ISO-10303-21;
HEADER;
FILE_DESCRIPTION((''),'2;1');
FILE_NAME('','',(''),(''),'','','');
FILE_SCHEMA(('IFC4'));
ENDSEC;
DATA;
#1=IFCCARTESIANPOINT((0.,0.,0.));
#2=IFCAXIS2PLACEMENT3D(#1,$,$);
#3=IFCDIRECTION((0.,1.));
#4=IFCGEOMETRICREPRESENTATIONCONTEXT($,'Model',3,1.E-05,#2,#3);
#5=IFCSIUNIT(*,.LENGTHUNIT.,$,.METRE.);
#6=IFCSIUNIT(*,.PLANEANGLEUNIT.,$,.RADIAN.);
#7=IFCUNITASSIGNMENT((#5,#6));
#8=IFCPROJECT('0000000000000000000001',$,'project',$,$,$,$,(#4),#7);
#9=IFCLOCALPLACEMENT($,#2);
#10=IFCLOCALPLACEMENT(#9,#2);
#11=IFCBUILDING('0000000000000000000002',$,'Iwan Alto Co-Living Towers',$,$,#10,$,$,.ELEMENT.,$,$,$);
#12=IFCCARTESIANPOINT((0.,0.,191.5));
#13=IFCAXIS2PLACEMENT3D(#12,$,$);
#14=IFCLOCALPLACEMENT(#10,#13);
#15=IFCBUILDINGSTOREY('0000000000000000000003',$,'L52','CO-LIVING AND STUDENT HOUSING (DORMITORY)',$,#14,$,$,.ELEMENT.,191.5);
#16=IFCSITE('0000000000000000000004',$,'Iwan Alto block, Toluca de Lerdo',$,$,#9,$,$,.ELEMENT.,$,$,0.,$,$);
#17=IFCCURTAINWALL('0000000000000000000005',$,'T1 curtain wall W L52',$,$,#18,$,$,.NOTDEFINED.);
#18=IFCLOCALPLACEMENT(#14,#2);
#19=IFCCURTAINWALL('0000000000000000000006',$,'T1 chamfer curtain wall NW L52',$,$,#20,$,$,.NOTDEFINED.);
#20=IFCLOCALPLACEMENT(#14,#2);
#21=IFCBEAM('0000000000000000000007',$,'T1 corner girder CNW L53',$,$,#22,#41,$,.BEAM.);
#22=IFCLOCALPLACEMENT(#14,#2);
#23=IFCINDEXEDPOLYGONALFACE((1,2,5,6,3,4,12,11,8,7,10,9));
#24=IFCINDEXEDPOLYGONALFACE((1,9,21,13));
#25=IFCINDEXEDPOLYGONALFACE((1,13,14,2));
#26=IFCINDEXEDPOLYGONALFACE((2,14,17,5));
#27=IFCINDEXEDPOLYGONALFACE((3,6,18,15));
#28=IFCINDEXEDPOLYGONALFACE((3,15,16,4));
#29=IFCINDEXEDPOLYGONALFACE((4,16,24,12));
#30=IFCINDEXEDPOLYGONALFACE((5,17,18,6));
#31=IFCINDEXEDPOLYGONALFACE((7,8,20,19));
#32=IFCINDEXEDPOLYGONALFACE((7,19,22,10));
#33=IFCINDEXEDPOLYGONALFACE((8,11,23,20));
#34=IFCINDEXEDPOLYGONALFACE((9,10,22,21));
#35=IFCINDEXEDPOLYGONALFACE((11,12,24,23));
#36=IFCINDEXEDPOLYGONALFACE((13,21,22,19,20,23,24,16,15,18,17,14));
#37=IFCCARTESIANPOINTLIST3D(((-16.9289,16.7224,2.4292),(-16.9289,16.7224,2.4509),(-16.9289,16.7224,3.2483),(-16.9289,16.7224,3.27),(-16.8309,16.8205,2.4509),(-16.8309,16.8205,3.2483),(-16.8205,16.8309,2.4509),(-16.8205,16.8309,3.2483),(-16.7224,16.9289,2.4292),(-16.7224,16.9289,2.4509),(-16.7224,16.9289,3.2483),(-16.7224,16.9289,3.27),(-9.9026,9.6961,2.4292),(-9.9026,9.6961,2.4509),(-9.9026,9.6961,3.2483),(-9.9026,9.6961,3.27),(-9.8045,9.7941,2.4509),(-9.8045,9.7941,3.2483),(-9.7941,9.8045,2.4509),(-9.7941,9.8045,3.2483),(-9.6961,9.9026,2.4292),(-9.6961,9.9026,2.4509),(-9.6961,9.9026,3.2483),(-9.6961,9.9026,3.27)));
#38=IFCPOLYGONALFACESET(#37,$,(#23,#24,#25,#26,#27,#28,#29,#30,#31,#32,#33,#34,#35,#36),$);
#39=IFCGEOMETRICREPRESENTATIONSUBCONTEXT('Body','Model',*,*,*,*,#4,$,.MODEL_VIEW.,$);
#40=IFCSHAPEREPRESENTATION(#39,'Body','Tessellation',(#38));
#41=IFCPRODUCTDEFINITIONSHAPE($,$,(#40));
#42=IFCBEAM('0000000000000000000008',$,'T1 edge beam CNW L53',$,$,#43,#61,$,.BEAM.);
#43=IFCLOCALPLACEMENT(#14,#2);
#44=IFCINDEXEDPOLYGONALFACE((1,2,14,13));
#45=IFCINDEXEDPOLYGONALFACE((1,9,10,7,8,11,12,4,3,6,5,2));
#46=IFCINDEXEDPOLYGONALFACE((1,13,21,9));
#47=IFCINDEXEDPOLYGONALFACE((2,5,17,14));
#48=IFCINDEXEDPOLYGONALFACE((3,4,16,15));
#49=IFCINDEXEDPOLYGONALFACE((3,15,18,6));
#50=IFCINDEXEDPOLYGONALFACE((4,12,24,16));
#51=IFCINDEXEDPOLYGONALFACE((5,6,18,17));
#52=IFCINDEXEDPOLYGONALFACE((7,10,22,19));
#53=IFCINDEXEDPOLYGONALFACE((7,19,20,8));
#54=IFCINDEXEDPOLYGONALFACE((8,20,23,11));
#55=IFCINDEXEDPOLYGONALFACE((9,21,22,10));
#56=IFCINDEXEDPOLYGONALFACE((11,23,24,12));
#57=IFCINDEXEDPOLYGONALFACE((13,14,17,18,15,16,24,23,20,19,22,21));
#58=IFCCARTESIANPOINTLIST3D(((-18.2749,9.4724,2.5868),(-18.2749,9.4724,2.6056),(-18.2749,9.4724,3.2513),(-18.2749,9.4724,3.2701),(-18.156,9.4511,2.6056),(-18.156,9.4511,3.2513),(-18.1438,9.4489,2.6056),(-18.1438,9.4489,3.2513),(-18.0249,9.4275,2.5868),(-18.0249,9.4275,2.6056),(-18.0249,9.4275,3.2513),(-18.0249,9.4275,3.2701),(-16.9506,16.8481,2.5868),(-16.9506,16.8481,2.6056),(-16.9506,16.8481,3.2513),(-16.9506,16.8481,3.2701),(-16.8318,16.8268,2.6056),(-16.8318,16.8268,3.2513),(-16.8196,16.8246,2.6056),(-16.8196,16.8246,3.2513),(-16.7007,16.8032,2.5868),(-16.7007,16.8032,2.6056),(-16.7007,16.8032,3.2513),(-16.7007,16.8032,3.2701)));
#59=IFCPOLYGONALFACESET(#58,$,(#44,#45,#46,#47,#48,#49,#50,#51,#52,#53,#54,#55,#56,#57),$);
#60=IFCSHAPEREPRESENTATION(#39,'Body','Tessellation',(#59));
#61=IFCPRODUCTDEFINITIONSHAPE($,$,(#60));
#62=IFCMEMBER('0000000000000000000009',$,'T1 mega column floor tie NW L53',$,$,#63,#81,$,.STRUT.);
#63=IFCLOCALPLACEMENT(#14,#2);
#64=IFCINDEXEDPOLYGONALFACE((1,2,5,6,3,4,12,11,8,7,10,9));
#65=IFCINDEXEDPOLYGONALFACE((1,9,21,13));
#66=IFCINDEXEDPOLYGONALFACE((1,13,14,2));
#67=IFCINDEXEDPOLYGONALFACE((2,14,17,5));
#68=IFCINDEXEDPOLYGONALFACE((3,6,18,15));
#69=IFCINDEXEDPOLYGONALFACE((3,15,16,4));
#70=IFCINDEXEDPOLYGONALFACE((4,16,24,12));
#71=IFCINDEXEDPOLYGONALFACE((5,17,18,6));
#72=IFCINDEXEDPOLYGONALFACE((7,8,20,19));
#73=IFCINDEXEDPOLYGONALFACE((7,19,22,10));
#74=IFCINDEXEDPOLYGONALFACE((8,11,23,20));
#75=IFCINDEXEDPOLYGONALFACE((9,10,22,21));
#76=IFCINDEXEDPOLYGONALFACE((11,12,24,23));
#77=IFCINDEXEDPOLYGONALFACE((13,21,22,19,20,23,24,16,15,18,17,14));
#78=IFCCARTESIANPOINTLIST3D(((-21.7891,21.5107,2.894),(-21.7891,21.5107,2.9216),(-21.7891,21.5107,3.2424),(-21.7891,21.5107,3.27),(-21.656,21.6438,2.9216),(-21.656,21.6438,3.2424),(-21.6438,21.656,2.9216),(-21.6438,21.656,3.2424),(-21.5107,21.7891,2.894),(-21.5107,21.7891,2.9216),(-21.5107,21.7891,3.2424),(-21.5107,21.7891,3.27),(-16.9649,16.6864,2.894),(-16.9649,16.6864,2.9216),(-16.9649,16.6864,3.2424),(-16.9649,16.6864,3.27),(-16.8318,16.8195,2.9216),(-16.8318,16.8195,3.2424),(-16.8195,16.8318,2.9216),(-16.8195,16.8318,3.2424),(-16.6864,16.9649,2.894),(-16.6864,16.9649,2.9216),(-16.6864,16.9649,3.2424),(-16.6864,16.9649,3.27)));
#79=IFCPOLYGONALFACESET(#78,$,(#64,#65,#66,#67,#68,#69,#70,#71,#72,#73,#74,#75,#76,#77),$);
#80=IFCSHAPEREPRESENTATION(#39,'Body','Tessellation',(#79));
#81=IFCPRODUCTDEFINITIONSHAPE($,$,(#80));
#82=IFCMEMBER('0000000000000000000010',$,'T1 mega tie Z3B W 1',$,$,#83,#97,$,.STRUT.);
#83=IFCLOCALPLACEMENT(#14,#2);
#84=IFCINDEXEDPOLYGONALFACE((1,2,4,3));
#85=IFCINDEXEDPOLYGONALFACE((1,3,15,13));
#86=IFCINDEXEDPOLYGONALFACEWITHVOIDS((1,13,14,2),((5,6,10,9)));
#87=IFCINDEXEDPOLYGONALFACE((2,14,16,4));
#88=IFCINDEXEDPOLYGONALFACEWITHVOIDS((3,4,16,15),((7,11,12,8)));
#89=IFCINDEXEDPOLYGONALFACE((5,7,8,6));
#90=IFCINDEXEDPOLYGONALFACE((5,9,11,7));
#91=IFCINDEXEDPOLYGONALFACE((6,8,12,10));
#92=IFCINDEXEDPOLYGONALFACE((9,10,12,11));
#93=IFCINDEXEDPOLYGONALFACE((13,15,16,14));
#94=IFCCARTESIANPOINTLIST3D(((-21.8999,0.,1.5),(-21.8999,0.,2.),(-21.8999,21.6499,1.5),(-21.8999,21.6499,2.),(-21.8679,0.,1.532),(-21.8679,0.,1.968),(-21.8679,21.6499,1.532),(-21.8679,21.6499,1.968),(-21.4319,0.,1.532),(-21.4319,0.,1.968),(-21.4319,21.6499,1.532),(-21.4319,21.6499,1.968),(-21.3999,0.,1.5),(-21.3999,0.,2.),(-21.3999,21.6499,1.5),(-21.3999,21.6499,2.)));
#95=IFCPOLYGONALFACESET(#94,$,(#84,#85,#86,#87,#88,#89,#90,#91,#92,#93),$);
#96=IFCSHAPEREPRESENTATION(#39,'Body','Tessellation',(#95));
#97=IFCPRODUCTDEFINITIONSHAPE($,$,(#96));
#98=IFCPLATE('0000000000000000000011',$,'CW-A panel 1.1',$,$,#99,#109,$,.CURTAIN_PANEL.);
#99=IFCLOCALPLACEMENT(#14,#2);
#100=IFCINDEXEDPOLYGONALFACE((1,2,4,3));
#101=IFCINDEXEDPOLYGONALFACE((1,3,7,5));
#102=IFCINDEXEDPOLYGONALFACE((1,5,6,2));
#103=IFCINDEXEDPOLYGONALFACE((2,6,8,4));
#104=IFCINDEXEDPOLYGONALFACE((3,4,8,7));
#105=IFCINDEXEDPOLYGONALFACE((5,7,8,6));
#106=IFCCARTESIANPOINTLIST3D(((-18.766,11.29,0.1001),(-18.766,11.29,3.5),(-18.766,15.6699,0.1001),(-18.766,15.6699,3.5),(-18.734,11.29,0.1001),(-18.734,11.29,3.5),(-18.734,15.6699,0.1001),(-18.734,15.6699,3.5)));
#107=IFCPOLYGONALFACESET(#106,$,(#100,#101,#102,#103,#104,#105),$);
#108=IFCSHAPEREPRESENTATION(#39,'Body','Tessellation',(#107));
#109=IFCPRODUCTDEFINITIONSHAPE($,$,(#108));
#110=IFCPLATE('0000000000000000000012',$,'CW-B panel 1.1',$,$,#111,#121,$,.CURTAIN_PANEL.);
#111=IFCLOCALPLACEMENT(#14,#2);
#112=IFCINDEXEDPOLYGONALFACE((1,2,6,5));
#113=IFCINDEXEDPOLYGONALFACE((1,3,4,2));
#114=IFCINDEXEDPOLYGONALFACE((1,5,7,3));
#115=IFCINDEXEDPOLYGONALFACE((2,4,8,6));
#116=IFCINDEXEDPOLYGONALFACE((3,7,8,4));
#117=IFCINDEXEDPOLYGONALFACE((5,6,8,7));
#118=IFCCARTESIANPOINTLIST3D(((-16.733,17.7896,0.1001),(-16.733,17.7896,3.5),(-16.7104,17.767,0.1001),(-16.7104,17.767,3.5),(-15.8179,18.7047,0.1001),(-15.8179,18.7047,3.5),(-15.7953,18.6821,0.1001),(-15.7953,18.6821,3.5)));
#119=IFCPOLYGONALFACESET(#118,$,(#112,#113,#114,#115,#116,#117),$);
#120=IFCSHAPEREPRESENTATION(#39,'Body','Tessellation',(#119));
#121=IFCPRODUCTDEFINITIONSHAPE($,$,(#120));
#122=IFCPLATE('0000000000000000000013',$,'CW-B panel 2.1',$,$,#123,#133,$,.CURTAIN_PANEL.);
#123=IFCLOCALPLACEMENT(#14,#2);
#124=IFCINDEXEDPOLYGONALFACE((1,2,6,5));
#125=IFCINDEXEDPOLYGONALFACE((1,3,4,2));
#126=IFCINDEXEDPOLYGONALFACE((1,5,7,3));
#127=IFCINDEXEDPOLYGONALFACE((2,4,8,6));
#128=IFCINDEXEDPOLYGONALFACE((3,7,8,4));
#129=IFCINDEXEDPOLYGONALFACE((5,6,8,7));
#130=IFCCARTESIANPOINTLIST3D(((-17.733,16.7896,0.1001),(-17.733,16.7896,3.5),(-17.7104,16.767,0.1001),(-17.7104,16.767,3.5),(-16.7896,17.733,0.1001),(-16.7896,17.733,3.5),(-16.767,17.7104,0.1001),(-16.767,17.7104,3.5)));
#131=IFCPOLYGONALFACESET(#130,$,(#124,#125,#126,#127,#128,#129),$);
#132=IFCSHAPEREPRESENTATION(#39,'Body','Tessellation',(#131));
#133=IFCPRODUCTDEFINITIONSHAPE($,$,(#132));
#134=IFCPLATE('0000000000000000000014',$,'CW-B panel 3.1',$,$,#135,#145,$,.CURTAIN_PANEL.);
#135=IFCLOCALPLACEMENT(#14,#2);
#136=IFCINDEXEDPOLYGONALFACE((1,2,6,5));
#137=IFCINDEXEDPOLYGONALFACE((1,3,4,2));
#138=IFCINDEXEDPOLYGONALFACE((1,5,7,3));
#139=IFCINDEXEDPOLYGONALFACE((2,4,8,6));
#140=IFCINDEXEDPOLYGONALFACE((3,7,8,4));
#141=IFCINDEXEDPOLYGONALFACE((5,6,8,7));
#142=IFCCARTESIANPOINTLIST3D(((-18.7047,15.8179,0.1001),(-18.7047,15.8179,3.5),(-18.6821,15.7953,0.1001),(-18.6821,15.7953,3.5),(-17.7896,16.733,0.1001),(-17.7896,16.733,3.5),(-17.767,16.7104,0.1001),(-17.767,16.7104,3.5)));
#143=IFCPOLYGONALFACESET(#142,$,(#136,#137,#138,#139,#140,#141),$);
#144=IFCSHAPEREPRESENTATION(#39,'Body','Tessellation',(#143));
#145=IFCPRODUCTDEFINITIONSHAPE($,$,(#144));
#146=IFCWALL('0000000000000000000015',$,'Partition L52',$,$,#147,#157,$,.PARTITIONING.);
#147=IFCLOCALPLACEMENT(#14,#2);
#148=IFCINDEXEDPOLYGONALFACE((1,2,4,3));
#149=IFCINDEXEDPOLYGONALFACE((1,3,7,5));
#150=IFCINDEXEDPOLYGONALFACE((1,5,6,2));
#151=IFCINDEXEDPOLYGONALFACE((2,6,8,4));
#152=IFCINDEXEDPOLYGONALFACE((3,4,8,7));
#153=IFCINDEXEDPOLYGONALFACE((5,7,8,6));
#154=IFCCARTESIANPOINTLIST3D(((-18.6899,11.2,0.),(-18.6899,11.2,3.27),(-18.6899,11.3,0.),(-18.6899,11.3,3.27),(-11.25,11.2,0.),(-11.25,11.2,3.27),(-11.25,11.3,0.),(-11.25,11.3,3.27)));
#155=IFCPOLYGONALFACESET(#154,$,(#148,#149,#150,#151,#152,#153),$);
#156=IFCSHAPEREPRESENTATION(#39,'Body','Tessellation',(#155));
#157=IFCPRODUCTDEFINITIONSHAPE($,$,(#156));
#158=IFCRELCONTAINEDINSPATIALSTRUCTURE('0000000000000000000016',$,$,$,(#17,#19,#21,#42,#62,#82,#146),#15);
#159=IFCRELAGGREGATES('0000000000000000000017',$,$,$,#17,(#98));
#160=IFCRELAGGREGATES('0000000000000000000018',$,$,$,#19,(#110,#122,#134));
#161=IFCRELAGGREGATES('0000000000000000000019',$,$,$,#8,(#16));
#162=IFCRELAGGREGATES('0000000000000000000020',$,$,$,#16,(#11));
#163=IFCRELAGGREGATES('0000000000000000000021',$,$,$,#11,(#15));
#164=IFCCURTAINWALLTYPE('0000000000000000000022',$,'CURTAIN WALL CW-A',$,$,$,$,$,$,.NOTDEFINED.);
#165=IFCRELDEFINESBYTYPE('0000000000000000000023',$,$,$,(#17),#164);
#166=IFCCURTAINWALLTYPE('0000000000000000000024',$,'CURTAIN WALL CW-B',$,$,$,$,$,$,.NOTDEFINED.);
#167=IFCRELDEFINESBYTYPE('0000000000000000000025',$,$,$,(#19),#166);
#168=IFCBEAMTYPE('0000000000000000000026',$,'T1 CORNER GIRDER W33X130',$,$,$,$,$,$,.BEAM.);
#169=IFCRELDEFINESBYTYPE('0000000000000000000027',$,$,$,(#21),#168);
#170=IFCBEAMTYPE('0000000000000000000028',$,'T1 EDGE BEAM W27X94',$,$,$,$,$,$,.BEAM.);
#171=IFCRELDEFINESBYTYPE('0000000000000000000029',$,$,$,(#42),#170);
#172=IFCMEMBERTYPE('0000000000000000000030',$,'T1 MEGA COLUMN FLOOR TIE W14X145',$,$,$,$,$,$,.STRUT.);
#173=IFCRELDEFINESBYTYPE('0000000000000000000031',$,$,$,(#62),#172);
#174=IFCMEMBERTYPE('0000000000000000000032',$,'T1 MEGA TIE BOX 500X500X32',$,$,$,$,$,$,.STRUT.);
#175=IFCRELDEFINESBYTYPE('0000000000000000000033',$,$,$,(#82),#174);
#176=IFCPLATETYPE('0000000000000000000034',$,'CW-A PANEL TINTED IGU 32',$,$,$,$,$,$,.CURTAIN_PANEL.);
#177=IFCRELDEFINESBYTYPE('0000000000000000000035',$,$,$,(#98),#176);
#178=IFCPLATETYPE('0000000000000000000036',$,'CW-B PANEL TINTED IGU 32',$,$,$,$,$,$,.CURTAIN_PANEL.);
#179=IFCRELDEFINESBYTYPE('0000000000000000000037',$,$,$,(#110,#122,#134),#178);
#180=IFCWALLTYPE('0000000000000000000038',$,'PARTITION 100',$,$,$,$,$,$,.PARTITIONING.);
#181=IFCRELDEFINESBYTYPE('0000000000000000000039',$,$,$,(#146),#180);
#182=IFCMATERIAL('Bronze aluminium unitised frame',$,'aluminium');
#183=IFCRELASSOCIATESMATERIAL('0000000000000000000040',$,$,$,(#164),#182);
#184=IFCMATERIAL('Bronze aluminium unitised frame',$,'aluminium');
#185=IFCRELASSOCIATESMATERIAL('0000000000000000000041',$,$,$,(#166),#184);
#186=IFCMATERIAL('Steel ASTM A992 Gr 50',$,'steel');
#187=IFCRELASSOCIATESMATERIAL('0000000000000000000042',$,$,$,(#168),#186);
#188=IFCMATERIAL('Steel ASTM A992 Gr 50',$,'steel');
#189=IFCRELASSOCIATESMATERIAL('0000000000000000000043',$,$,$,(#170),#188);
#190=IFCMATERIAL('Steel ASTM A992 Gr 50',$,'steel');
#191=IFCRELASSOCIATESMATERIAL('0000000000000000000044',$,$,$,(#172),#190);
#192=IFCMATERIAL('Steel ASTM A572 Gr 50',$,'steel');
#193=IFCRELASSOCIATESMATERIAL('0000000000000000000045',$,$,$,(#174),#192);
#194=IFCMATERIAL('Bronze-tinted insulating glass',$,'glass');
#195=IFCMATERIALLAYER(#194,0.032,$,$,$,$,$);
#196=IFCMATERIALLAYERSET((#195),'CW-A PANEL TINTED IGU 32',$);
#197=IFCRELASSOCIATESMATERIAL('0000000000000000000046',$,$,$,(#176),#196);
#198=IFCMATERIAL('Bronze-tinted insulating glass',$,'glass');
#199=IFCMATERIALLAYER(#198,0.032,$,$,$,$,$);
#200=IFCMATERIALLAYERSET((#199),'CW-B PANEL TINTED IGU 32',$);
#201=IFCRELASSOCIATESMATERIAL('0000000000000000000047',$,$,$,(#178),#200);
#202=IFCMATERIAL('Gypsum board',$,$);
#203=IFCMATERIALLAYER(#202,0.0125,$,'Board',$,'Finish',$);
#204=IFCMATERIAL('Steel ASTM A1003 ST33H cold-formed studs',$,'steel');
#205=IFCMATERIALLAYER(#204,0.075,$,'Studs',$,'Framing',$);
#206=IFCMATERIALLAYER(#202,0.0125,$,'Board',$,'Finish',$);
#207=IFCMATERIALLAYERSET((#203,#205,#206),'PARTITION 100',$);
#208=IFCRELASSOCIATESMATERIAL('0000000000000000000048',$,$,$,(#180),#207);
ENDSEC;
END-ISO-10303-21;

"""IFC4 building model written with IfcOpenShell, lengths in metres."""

from ifc_helpers import new_model, si_unit, direction, frame, frame_2d, origin, origin_2d, place, context, subcontext, project, spatial, rectangle, hollow_rectangle, i_section, extrude, material, layer, layer_set, material_profile, profile_set, type_object, element, aggregate, save


model = new_model("IFC4")

# Units and contexts
model_context = context("Model", 3, precision=1e-05, world=origin(), true_north=direction((0.0, 1.0)))
body_context = subcontext(model_context, "Body", "Model", "MODEL_VIEW")
ifc_project = project(units=[si_unit("LENGTHUNIT", "METRE"), si_unit("PLANEANGLEUNIT", "RADIAN")], contexts=[model_context])

# Site, building, storey
site_placement = place(None, origin())
site = spatial("IfcSite", under=ifc_project, at=site_placement, Name="Iwan Alto block, Toluca de Lerdo", CompositionType="ELEMENT", RefElevation=0.0)
building_placement = place(site_placement, origin())
building = spatial("IfcBuilding", under=site, at=building_placement, Name="Iwan Alto Co-Living Towers", CompositionType="ELEMENT")
storey_placement = place(building_placement, frame((0.0, 0.0, 191.5)))
storey = spatial("IfcBuildingStorey", under=building, at=storey_placement, Name="L52", Description="CO-LIVING AND STUDENT HOUSING (DORMITORY)", CompositionType="ELEMENT", Elevation=191.5)

# Curtain walls
ifc_material_1 = material(Name="Bronze aluminium unitised frame", Category="aluminium")
curtain_wall_type_1 = type_object("IfcCurtainWallType", Name="CURTAIN WALL CW-A", PredefinedType="NOTDEFINED", material=ifc_material_1)
curtain_wall_1_placement = place(storey_placement, origin())
curtain_wall_1 = element("IfcCurtainWall", 1, at=curtain_wall_1_placement, inside=storey, type_object=curtain_wall_type_1, Name="T1 curtain wall W L52", PredefinedType="NOTDEFINED")
ifc_material_2 = material(Name="Bronze aluminium unitised frame", Category="aluminium")
curtain_wall_type_2 = type_object("IfcCurtainWallType", Name="CURTAIN WALL CW-B", PredefinedType="NOTDEFINED", material=ifc_material_2)
curtain_wall_2_placement = place(storey_placement, origin())
curtain_wall_2 = element("IfcCurtainWall", 2, at=curtain_wall_2_placement, inside=storey, type_object=curtain_wall_type_2, Name="T1 chamfer curtain wall NW L52", PredefinedType="NOTDEFINED")

# Beams
ifc_material_3 = material(Name="Steel ASTM A992 Gr 50", Category="steel")
ifc_material_profile_1 = material_profile(ifc_material_3, i_section(OverallWidth=0.292, OverallDepth=0.8408, WebThickness=0.0146, FlangeThickness=0.0217, at=origin_2d()), Name="W33X130")
ifc_profile_set_1 = profile_set([ifc_material_profile_1], Name="Steel ASTM A992 Gr 50")
beam_type_1 = type_object("IfcBeamType", Name="T1 CORNER GIRDER W33X130", PredefinedType="BEAM", material=ifc_profile_set_1)
beam_1_placement = place(storey_placement, frame((-16.8257, 16.8257, 2.8496), z_axis=(0.707107, -0.707107, 0.0), x_axis=(0.707107, 0.707107, 0.0)))
element("IfcBeam", 3, at=beam_1_placement, inside=storey, type_object=beam_type_1, Name="T1 corner girder CNW L53", PredefinedType="BEAM", context=body_context, shape_type="SweptSolid", body=[
    extrude(i_section(OverallWidth=0.292, OverallDepth=0.8408, WebThickness=0.0146, FlangeThickness=0.0217, at=origin_2d()), origin(), (0.0, 0.0, 1.0), 9.9368),
])
ifc_material_4 = material(Name="Steel ASTM A992 Gr 50", Category="steel")
ifc_material_profile_2 = material_profile(ifc_material_4, i_section(OverallWidth=0.2539, OverallDepth=0.6833, WebThickness=0.0125, FlangeThickness=0.0188, at=origin_2d()), Name="W27X94")
ifc_profile_set_2 = profile_set([ifc_material_profile_2], Name="Steel ASTM A992 Gr 50")
beam_type_2 = type_object("IfcBeamType", Name="T1 EDGE BEAM W27X94", PredefinedType="BEAM", material=ifc_profile_set_2)
beam_2_placement = place(storey_placement, frame((-16.8257, 16.8257, 2.9285), z_axis=(-0.176712, -0.984263, 0.0), x_axis=(0.984263, -0.176712, 0.0)))
element("IfcBeam", 4, at=beam_2_placement, inside=storey, type_object=beam_type_2, Name="T1 edge beam CNW L53", PredefinedType="BEAM", context=body_context, shape_type="SweptSolid", body=[
    extrude(i_section(OverallWidth=0.2539, OverallDepth=0.6833, WebThickness=0.0125, FlangeThickness=0.0188, at=origin_2d()), origin(), (0.0, 0.0, 1.0), 7.4937),
])

# Members
ifc_material_5 = material(Name="Steel ASTM A992 Gr 50", Category="steel")
ifc_material_profile_3 = material_profile(ifc_material_5, i_section(OverallWidth=0.3938, OverallDepth=0.376, WebThickness=0.0173, FlangeThickness=0.0276, at=origin_2d()), Name="W14X145")
ifc_profile_set_3 = profile_set([ifc_material_profile_3], Name="Steel ASTM A992 Gr 50")
member_type_1 = type_object("IfcMemberType", Name="T1 MEGA COLUMN FLOOR TIE W14X145", PredefinedType="STRUT", material=ifc_profile_set_3)
member_1_placement = place(storey_placement, frame((-21.6499, 21.6499, 3.082), z_axis=(0.707107, -0.707107, 0.0), x_axis=(0.707107, 0.707107, 0.0)))
element("IfcMember", 5, at=member_1_placement, inside=storey, type_object=member_type_1, Name="T1 mega column floor tie NW L53", PredefinedType="STRUT", context=body_context, shape_type="SweptSolid", body=[
    extrude(i_section(OverallWidth=0.3938, OverallDepth=0.376, WebThickness=0.0173, FlangeThickness=0.0276, at=origin_2d()), origin(), (0.0, 0.0, 1.0), 6.8225),
])
ifc_material_6 = material(Name="Steel ASTM A572 Gr 50", Category="steel")
ifc_material_profile_4 = material_profile(ifc_material_6, hollow_rectangle(XDim=0.5, YDim=0.5, WallThickness=0.032, at=origin_2d()), Name="BOX 500X500X32")
ifc_profile_set_4 = profile_set([ifc_material_profile_4], Name="Steel ASTM A572 Gr 50")
member_type_2 = type_object("IfcMemberType", Name="T1 MEGA TIE BOX 500X500X32", PredefinedType="STRUT", material=ifc_profile_set_4)
member_2_placement = place(storey_placement, frame((-21.6499, 21.6499, 1.75), z_axis=(0.0, -1.0, 0.0), x_axis=(1.0, 0.0, 0.0)))
element("IfcMember", 6, at=member_2_placement, inside=storey, type_object=member_type_2, Name="T1 mega tie Z3B W 1", PredefinedType="STRUT", context=body_context, shape_type="SweptSolid", body=[
    extrude(hollow_rectangle(XDim=0.5, YDim=0.5, WallThickness=0.032, at=origin_2d()), origin(), (0.0, 0.0, 1.0), 21.6499),
])

# Plates
ifc_material_7 = material(Name="Bronze-tinted insulating glass", Category="glass")
ifc_layer_1 = layer(ifc_material_7, 0.032)
ifc_layer_set_1 = layer_set([ifc_layer_1], Name="CW-A PANEL TINTED IGU 32")
plate_type_1 = type_object("IfcPlateType", Name="CW-A PANEL TINTED IGU 32", PredefinedType="CURTAIN_PANEL", material=ifc_layer_set_1)
plate_1_placement = place(storey_placement, frame((-18.75, 13.48, 0.1001), z_axis=(0.0, 0.0, 1.0), x_axis=(0.0, -1.0, 0.0)))
plate_1 = element("IfcPlate", 7, at=plate_1_placement, type_object=plate_type_1, Name="CW-A panel 1.1", PredefinedType="CURTAIN_PANEL", context=body_context, shape_type="SweptSolid", body=[
    extrude(rectangle(XDim=4.3799, YDim=0.032, at=origin_2d()), origin(), (0.0, 0.0, 1.0), 3.3999),
])
aggregate(curtain_wall_1, [plate_1])
ifc_material_8 = material(Name="Bronze-tinted insulating glass", Category="glass")
ifc_layer_2 = layer(ifc_material_8, 0.032)
ifc_layer_set_2 = layer_set([ifc_layer_2], Name="CW-B PANEL TINTED IGU 32")
plate_type_2 = type_object("IfcPlateType", Name="CW-B PANEL TINTED IGU 32", PredefinedType="CURTAIN_PANEL", material=ifc_layer_set_2)
plate_2_placement = place(storey_placement, frame((-16.2642, 18.2358, 0.1001), z_axis=(0.0, 0.0, 1.0), x_axis=(-0.707107, -0.707107, 0.0)))
plate_2 = element("IfcPlate", 8, at=plate_2_placement, type_object=plate_type_2, Name="CW-B panel 1.1", PredefinedType="CURTAIN_PANEL", context=body_context, shape_type="SweptSolid", body=[
    extrude(rectangle(XDim=1.2942, YDim=0.032, at=origin_2d()), origin(), (0.0, 0.0, 1.0), 3.3999),
])
plate_3_placement = place(storey_placement, frame((-17.25, 17.25, 0.1001), z_axis=(0.0, 0.0, 1.0), x_axis=(-0.707107, -0.707107, 0.0)))
plate_3 = element("IfcPlate", 9, at=plate_3_placement, type_object=plate_type_2, Name="CW-B panel 2.1", PredefinedType="CURTAIN_PANEL", context=body_context, shape_type="SweptSolid", body=[
    extrude(rectangle(XDim=1.3342, YDim=0.032, at=origin_2d()), origin(), (0.0, 0.0, 1.0), 3.3999),
])
plate_4_placement = place(storey_placement, frame((-18.2358, 16.2642, 0.1001), z_axis=(0.0, 0.0, 1.0), x_axis=(-0.707107, -0.707107, 0.0)))
plate_4 = element("IfcPlate", 10, at=plate_4_placement, type_object=plate_type_2, Name="CW-B panel 3.1", PredefinedType="CURTAIN_PANEL", context=body_context, shape_type="SweptSolid", body=[
    extrude(rectangle(XDim=1.2942, YDim=0.032, at=origin_2d()), origin(), (0.0, 0.0, 1.0), 3.3999),
])
aggregate(curtain_wall_2, [plate_2, plate_3, plate_4])

# Wall
ifc_material_9 = material(Name="Gypsum board")
ifc_layer_3 = layer(ifc_material_9, 0.0125, Name="Board", Category="Finish")
ifc_material_10 = material(Name="Steel ASTM A1003 ST33H cold-formed studs", Category="steel")
ifc_layer_4 = layer(ifc_material_10, 0.075, Name="Studs", Category="Framing")
ifc_layer_5 = layer(ifc_material_9, 0.0125, Name="Board", Category="Finish")
ifc_layer_set_3 = layer_set([ifc_layer_3, ifc_layer_4, ifc_layer_5], Name="PARTITION 100")
wall_type = type_object("IfcWallType", Name="PARTITION 100", PredefinedType="PARTITIONING", material=ifc_layer_set_3)
wall_placement = place(storey_placement, frame((-18.6899, 11.25, 0.0), z_axis=(0.0, 0.0, 1.0), x_axis=(1.0, 0.0, 0.0)))
element("IfcWall", 11, at=wall_placement, inside=storey, type_object=wall_type, Name="Partition L52", PredefinedType="PARTITIONING", context=body_context, shape_type="SweptSolid", body=[
    extrude(rectangle(XDim=7.4399, YDim=0.1001, at=frame_2d((3.72, 0.0))), origin(), (0.0, 0.0, 1.0), 3.27),
])

save(model, "model.ifc")
